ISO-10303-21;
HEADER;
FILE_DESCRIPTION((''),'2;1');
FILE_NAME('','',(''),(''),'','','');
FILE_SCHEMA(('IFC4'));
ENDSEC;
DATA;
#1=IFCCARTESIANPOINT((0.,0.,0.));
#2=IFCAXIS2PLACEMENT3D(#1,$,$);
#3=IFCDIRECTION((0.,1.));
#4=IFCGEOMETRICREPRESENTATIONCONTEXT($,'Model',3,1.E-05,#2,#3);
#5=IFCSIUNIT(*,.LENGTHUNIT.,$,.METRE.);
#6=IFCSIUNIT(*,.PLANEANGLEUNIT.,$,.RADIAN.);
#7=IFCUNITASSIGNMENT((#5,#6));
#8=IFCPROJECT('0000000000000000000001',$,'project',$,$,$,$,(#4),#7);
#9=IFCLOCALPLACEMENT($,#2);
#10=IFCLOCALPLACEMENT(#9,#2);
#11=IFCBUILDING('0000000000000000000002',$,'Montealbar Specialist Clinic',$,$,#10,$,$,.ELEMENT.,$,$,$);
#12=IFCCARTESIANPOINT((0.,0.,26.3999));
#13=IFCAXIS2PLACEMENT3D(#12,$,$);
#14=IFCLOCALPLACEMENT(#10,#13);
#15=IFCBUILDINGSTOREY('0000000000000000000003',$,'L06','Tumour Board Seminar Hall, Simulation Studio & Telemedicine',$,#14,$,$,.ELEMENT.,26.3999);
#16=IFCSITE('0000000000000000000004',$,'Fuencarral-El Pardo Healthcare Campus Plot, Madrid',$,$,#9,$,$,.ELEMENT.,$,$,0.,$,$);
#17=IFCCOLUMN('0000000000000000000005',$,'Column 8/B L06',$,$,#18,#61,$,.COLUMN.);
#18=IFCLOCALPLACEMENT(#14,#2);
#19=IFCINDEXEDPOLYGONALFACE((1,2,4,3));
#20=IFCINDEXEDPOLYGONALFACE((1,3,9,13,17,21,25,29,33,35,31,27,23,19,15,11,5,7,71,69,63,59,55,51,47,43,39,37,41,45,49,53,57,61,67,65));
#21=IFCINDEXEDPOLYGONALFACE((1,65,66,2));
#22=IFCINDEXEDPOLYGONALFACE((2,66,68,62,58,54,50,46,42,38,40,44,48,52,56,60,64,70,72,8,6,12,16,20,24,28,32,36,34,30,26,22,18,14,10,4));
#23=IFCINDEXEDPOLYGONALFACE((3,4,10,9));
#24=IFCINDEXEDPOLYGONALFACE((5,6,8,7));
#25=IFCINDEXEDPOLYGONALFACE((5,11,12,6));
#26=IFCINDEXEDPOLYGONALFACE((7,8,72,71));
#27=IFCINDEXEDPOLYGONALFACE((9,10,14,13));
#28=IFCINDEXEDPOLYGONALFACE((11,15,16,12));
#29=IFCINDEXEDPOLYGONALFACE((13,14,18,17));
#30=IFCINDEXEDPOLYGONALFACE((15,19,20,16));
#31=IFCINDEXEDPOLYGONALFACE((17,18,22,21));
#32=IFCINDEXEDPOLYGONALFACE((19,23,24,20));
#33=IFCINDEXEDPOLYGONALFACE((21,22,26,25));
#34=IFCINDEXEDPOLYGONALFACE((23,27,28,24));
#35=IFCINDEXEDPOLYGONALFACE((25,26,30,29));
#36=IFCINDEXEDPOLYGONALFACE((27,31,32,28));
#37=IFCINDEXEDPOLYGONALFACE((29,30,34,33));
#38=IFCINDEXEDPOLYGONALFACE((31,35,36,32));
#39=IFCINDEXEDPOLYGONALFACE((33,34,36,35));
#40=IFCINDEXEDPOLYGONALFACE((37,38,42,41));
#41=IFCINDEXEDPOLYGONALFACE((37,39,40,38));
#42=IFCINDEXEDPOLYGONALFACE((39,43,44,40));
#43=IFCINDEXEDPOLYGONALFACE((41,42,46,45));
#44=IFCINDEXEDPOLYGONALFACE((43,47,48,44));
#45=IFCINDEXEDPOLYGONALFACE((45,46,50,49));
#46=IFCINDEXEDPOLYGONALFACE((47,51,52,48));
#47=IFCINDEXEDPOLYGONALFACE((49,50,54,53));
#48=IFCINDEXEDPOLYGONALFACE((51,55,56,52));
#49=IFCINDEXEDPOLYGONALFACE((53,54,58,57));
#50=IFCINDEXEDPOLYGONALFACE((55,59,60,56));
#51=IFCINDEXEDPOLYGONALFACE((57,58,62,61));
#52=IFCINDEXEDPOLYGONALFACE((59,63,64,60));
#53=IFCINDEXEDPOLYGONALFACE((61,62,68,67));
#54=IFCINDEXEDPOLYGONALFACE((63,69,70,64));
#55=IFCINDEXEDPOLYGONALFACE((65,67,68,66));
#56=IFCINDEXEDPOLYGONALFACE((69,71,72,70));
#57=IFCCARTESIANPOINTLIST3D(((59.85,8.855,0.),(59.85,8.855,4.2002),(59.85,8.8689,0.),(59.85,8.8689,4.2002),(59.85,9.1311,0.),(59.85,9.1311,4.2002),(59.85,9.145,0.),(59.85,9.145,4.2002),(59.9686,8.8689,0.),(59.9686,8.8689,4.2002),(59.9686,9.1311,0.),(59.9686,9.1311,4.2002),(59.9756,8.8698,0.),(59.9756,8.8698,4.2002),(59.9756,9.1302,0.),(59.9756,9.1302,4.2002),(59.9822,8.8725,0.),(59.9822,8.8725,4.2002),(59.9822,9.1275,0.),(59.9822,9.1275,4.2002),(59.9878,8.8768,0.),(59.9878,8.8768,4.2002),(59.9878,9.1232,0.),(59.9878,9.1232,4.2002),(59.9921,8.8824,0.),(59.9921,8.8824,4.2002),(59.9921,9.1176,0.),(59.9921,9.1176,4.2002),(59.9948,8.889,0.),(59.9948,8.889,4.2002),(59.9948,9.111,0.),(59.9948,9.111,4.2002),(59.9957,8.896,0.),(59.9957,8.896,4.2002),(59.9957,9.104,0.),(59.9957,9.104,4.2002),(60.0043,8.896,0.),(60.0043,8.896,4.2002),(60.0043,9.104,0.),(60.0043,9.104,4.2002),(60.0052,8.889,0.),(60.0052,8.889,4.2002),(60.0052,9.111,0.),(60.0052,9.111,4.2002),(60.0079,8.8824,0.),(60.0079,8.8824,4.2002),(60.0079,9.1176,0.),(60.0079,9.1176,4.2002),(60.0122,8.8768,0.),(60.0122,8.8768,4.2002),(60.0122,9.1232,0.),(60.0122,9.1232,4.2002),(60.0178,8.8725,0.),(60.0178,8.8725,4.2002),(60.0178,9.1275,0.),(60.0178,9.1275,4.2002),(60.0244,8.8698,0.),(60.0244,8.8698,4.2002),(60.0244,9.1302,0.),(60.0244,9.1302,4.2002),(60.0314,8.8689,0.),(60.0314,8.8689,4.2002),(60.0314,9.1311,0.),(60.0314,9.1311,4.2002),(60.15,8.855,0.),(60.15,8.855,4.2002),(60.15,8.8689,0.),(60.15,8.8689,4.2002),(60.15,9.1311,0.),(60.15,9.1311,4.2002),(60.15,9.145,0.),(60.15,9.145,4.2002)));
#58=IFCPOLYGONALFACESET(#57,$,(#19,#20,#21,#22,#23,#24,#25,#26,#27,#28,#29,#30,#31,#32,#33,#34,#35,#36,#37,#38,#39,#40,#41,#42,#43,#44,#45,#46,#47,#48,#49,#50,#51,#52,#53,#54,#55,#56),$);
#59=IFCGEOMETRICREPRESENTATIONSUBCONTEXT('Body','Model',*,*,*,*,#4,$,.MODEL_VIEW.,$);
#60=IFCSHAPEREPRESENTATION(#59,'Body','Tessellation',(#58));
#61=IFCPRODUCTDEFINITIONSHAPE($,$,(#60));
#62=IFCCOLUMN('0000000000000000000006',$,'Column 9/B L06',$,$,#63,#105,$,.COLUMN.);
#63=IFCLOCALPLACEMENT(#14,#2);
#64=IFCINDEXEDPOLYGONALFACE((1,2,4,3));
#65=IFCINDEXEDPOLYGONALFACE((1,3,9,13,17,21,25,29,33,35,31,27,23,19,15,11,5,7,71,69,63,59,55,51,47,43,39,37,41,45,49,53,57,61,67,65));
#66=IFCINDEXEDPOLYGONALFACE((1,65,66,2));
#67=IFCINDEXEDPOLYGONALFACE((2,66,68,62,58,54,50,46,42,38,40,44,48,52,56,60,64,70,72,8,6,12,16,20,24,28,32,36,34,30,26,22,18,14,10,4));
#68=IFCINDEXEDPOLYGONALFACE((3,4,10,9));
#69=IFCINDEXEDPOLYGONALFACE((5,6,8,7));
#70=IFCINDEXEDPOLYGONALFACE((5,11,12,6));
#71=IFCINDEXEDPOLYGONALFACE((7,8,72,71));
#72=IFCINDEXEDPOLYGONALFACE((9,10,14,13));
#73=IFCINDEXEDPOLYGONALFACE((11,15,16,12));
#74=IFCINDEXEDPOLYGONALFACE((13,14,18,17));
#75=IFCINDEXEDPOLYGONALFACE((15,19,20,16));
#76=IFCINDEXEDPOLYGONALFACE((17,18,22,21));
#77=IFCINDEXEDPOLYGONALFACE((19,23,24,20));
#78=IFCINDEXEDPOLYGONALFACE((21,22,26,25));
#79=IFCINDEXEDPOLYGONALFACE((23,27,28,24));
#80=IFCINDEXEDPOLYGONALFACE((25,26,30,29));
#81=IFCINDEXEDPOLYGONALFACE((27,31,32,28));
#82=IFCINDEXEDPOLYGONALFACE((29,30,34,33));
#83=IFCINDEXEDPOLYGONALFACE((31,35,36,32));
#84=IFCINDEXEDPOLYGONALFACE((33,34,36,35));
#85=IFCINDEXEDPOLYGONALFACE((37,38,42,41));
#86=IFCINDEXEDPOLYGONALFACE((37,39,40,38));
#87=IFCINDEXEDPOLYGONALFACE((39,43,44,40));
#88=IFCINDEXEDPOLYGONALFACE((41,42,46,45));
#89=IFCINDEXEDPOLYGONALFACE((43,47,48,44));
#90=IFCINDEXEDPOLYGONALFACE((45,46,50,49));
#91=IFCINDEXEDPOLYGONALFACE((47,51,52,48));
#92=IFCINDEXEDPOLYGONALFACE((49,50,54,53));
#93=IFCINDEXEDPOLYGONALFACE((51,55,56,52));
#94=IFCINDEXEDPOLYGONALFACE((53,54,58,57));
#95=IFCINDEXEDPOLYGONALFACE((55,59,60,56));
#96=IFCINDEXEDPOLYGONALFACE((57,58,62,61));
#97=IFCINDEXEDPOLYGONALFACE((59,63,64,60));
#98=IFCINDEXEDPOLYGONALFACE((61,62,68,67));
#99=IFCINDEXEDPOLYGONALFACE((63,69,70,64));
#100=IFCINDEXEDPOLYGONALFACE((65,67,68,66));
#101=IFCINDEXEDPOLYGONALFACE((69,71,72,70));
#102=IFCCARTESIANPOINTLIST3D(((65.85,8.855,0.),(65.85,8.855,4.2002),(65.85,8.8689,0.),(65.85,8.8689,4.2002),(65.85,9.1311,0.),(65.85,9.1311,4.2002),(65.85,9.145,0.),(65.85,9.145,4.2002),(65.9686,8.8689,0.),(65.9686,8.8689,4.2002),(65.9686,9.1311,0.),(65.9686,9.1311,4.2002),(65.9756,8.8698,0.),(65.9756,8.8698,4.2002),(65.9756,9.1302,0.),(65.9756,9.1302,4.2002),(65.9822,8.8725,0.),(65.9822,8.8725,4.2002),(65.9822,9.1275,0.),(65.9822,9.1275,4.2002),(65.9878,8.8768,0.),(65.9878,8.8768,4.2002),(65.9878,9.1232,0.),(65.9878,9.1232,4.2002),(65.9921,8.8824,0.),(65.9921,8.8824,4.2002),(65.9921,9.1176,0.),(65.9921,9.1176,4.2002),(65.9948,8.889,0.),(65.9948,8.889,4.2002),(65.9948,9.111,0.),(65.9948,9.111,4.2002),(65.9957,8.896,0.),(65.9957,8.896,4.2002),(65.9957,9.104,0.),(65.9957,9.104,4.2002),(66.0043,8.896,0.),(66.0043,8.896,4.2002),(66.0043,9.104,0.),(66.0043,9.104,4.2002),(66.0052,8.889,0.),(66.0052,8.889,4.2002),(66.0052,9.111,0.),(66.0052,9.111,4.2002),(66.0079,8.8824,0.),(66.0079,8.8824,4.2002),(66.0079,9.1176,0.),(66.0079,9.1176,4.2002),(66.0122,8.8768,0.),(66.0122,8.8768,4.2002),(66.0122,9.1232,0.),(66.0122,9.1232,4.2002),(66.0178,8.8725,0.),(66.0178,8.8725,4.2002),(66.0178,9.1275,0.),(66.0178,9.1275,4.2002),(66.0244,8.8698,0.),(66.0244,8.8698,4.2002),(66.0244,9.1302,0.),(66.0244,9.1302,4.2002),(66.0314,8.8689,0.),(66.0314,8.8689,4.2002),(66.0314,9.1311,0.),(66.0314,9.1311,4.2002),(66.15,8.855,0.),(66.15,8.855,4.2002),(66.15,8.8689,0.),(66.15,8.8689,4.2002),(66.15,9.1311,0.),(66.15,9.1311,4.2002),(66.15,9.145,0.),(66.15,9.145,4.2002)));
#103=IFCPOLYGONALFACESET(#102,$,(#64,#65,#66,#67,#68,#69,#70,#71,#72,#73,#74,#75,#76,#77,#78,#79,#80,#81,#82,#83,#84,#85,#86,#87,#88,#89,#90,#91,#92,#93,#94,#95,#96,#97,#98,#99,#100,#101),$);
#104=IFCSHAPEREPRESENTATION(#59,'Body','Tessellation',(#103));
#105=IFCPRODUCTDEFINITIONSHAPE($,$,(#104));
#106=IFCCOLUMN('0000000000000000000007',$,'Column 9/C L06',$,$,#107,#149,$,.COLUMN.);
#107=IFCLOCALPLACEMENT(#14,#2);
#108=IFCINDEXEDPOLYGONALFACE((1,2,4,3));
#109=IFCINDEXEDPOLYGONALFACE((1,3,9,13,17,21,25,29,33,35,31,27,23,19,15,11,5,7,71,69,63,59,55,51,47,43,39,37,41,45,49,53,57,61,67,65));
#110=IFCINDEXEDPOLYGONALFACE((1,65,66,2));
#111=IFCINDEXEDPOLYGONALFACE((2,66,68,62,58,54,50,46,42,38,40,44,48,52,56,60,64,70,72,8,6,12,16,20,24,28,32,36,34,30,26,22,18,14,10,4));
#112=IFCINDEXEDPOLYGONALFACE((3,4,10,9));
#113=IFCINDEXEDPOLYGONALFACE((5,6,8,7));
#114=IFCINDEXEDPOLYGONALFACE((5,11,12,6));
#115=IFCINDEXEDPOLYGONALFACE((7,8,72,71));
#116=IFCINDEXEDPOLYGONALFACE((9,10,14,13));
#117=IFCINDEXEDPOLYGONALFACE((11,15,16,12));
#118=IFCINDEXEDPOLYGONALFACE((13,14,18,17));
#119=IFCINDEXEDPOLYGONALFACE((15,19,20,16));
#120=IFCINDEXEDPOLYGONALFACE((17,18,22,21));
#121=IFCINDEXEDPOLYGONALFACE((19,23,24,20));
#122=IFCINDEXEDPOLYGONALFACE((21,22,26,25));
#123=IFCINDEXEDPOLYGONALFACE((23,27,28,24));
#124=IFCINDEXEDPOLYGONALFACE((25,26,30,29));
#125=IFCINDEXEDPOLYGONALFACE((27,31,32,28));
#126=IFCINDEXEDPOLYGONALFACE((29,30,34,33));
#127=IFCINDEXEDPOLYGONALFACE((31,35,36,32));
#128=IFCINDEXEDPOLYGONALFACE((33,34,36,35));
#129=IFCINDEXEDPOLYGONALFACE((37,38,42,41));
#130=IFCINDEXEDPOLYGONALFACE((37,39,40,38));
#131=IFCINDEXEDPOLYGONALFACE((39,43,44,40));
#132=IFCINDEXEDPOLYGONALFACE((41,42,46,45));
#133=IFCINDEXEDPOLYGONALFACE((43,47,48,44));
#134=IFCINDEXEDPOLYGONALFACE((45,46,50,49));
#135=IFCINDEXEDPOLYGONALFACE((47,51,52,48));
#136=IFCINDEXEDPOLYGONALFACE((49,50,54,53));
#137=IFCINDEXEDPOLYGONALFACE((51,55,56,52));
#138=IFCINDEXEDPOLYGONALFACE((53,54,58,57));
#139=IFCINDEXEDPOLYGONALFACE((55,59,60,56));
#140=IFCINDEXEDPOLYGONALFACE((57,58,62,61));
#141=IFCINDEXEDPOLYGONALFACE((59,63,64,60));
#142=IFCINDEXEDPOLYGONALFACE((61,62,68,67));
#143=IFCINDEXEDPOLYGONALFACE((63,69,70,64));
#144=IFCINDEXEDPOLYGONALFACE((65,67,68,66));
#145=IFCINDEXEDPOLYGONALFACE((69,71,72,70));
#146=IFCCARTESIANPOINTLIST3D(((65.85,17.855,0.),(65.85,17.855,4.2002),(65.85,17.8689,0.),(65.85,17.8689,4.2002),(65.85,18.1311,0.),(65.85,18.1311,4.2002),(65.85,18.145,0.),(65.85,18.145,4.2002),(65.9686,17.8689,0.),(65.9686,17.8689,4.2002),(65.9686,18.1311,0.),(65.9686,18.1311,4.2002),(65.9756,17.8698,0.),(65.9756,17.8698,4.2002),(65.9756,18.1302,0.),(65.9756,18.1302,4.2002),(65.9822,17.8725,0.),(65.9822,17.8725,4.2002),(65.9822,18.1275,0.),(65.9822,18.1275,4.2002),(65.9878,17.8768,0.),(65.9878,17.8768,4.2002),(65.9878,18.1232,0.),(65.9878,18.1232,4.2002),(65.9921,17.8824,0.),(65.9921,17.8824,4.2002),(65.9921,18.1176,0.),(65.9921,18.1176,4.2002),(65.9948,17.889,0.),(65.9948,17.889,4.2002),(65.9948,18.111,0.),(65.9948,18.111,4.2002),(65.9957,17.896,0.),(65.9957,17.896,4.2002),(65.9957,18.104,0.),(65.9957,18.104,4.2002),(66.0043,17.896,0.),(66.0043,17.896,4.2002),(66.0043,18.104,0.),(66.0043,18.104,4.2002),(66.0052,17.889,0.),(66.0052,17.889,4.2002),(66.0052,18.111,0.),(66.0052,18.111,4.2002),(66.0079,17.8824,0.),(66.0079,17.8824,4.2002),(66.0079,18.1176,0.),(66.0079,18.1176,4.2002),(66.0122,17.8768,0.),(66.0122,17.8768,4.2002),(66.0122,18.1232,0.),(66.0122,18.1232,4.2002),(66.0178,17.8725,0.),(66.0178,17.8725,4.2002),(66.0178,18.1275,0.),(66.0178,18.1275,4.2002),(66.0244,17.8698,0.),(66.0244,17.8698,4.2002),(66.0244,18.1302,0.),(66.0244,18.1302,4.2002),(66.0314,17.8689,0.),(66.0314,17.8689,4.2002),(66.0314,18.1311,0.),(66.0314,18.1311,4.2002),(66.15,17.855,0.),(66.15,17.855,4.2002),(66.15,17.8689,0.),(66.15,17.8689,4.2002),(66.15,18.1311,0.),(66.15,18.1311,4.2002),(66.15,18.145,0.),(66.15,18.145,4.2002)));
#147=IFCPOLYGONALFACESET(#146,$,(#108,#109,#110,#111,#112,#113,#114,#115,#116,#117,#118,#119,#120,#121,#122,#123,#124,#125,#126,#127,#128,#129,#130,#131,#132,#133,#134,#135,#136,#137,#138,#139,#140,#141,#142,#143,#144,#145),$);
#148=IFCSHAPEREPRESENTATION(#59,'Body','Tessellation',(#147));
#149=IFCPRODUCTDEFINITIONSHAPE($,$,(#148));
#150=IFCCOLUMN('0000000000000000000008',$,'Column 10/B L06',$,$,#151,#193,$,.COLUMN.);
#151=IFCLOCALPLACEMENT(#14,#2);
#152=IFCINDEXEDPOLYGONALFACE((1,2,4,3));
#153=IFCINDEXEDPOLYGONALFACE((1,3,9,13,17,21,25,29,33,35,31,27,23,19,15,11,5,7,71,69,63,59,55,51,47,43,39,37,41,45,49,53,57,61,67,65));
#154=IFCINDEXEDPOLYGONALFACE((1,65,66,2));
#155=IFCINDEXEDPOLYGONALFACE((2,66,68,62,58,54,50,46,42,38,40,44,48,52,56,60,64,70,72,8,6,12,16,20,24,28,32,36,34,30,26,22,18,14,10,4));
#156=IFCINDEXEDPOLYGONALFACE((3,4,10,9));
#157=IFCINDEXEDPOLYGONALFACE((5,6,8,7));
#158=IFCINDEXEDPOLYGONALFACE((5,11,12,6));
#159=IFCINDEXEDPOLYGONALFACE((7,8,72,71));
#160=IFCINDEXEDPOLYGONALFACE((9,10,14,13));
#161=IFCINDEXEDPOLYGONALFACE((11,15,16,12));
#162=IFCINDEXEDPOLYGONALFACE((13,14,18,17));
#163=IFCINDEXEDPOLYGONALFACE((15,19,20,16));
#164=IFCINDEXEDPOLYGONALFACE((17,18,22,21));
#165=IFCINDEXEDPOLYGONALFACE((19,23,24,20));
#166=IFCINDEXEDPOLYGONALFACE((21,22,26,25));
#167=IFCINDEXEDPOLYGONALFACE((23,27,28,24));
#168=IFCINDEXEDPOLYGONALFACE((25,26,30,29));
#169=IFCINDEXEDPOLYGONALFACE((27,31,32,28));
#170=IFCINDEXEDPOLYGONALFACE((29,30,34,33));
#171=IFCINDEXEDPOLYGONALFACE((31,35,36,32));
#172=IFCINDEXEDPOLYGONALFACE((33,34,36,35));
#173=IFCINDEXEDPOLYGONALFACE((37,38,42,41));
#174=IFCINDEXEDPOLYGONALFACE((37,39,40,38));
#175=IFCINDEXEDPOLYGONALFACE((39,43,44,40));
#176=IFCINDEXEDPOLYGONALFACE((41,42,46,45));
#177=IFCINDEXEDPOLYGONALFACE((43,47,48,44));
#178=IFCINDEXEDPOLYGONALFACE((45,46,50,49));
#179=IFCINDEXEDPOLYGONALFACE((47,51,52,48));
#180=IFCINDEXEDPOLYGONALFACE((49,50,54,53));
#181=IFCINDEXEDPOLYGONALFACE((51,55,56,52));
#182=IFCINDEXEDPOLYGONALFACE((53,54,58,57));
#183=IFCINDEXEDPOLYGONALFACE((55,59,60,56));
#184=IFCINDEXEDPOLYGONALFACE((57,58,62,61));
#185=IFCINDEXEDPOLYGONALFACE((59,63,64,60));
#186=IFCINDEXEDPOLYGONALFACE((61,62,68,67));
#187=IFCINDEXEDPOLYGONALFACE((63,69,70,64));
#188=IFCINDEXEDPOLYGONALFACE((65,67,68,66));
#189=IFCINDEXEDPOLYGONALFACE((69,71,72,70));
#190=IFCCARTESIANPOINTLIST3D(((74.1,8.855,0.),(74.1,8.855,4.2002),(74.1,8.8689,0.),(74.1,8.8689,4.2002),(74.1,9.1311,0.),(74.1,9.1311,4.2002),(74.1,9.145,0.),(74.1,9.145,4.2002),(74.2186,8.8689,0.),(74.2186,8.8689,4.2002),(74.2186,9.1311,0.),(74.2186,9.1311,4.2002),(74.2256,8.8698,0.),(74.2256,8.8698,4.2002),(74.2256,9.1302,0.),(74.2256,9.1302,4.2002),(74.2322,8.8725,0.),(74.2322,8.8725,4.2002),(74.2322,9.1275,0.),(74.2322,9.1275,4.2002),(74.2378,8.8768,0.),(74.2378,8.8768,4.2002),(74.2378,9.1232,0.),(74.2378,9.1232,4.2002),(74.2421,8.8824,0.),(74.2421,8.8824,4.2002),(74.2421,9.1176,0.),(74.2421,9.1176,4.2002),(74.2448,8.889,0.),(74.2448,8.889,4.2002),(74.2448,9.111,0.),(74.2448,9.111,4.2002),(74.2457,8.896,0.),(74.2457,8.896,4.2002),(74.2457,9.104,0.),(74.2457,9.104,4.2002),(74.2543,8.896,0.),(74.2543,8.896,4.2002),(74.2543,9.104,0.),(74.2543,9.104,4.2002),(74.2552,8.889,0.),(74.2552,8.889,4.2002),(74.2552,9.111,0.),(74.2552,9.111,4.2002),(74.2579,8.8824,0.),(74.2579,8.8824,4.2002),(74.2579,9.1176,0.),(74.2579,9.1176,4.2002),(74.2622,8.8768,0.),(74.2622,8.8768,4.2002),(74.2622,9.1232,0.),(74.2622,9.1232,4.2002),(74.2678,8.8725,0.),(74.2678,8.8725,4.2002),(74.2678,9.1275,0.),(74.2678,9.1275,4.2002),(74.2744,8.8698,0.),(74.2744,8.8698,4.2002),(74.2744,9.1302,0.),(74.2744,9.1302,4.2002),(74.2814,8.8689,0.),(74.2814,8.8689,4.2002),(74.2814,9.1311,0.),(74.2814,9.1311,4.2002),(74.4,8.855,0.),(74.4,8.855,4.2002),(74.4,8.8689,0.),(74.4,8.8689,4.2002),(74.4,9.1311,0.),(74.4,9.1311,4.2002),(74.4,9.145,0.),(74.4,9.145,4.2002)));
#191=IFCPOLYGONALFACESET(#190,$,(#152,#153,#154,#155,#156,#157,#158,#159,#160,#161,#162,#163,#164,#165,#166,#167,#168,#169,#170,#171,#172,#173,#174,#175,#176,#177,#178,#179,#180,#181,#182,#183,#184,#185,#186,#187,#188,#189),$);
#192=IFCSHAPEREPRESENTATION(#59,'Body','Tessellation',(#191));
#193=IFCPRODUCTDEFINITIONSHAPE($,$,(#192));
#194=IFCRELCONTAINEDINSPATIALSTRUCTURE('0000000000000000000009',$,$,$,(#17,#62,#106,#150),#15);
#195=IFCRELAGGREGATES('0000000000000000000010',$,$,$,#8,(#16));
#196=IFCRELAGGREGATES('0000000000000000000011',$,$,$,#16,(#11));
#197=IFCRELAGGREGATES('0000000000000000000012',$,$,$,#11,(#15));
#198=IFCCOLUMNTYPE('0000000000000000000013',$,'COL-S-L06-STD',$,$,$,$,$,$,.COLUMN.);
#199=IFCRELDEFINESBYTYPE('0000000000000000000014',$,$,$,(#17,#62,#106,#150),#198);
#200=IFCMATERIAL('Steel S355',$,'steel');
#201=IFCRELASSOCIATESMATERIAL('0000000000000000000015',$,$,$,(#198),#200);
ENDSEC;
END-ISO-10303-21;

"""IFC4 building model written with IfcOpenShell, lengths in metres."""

from ifc_helpers import new_model, si_unit, direction, frame, origin, origin_2d, place, context, subcontext, project, spatial, i_section, extrude, material, material_profile, profile_set, type_object, element, save


model = new_model("IFC4")

# Units and contexts
model_context = context("Model", 3, precision=1e-05, world=origin(), true_north=direction((0.0, 1.0)))
body_context = subcontext(model_context, "Body", "Model", "MODEL_VIEW")
ifc_project = project(units=[si_unit("LENGTHUNIT", "METRE"), si_unit("PLANEANGLEUNIT", "RADIAN")], contexts=[model_context])

# Site, building, storey
site_placement = place(None, origin())
site = spatial("IfcSite", under=ifc_project, at=site_placement, Name="Fuencarral-El Pardo Healthcare Campus Plot, Madrid", CompositionType="ELEMENT", RefElevation=0.0)
building_placement = place(site_placement, origin())
building = spatial("IfcBuilding", under=site, at=building_placement, Name="Montealbar Specialist Clinic", CompositionType="ELEMENT")
storey_placement = place(building_placement, frame((0.0, 0.0, 26.3999)))
storey = spatial("IfcBuildingStorey", under=building, at=storey_placement, Name="L06", Description="Tumour Board Seminar Hall, Simulation Studio & Telemedicine", CompositionType="ELEMENT", Elevation=26.3999)

# Columns
ifc_material_1 = material(Name="Steel S355", Category="steel")
ifc_material_profile_1 = material_profile(ifc_material_1, i_section(OverallWidth=0.3, OverallDepth=0.29, WebThickness=0.0085, FlangeThickness=0.0139, FilletRadius=0.0271, at=origin_2d()), Name="HEA 300", Category="steel")
ifc_profile_set_1 = profile_set([ifc_material_profile_1], Name="Steel S355")
column_type = type_object("IfcColumnType", Name="COL-S-L06-STD", PredefinedType="COLUMN", material=ifc_profile_set_1)
for number, where, z_axis, x_axis, name in (
    (1, (60.0, 9.0, 0.0), (0.0, 0.0, 1.0), (1.0, 0.0, 0.0), "Column 8/B L06"),
    (2, (66.0, 9.0, 0.0), (0.0, 0.0, 1.0), (1.0, 0.0, 0.0), "Column 9/B L06"),
    (3, (66.0, 18.0, 0.0), (0.0, 0.0, 1.0), (1.0, 0.0, 0.0), "Column 9/C L06"),
    (4, (74.25, 9.0, 0.0), (0.0, 0.0, 1.0), (1.0, 0.0, 0.0), "Column 10/B L06"),
):
    element("IfcColumn", number, at=place(storey_placement, frame(where, z_axis=z_axis, x_axis=x_axis)), inside=storey, type_object=column_type, Name=name, PredefinedType="COLUMN", context=body_context, shape_type="SweptSolid", body=[
        extrude(i_section(OverallWidth=0.3, OverallDepth=0.29, WebThickness=0.0085, FlangeThickness=0.0139, FilletRadius=0.0271, at=origin_2d()), origin(), (0.0, 0.0, 1.0), 4.2002),
    ])

save(model, "model.ifc")
